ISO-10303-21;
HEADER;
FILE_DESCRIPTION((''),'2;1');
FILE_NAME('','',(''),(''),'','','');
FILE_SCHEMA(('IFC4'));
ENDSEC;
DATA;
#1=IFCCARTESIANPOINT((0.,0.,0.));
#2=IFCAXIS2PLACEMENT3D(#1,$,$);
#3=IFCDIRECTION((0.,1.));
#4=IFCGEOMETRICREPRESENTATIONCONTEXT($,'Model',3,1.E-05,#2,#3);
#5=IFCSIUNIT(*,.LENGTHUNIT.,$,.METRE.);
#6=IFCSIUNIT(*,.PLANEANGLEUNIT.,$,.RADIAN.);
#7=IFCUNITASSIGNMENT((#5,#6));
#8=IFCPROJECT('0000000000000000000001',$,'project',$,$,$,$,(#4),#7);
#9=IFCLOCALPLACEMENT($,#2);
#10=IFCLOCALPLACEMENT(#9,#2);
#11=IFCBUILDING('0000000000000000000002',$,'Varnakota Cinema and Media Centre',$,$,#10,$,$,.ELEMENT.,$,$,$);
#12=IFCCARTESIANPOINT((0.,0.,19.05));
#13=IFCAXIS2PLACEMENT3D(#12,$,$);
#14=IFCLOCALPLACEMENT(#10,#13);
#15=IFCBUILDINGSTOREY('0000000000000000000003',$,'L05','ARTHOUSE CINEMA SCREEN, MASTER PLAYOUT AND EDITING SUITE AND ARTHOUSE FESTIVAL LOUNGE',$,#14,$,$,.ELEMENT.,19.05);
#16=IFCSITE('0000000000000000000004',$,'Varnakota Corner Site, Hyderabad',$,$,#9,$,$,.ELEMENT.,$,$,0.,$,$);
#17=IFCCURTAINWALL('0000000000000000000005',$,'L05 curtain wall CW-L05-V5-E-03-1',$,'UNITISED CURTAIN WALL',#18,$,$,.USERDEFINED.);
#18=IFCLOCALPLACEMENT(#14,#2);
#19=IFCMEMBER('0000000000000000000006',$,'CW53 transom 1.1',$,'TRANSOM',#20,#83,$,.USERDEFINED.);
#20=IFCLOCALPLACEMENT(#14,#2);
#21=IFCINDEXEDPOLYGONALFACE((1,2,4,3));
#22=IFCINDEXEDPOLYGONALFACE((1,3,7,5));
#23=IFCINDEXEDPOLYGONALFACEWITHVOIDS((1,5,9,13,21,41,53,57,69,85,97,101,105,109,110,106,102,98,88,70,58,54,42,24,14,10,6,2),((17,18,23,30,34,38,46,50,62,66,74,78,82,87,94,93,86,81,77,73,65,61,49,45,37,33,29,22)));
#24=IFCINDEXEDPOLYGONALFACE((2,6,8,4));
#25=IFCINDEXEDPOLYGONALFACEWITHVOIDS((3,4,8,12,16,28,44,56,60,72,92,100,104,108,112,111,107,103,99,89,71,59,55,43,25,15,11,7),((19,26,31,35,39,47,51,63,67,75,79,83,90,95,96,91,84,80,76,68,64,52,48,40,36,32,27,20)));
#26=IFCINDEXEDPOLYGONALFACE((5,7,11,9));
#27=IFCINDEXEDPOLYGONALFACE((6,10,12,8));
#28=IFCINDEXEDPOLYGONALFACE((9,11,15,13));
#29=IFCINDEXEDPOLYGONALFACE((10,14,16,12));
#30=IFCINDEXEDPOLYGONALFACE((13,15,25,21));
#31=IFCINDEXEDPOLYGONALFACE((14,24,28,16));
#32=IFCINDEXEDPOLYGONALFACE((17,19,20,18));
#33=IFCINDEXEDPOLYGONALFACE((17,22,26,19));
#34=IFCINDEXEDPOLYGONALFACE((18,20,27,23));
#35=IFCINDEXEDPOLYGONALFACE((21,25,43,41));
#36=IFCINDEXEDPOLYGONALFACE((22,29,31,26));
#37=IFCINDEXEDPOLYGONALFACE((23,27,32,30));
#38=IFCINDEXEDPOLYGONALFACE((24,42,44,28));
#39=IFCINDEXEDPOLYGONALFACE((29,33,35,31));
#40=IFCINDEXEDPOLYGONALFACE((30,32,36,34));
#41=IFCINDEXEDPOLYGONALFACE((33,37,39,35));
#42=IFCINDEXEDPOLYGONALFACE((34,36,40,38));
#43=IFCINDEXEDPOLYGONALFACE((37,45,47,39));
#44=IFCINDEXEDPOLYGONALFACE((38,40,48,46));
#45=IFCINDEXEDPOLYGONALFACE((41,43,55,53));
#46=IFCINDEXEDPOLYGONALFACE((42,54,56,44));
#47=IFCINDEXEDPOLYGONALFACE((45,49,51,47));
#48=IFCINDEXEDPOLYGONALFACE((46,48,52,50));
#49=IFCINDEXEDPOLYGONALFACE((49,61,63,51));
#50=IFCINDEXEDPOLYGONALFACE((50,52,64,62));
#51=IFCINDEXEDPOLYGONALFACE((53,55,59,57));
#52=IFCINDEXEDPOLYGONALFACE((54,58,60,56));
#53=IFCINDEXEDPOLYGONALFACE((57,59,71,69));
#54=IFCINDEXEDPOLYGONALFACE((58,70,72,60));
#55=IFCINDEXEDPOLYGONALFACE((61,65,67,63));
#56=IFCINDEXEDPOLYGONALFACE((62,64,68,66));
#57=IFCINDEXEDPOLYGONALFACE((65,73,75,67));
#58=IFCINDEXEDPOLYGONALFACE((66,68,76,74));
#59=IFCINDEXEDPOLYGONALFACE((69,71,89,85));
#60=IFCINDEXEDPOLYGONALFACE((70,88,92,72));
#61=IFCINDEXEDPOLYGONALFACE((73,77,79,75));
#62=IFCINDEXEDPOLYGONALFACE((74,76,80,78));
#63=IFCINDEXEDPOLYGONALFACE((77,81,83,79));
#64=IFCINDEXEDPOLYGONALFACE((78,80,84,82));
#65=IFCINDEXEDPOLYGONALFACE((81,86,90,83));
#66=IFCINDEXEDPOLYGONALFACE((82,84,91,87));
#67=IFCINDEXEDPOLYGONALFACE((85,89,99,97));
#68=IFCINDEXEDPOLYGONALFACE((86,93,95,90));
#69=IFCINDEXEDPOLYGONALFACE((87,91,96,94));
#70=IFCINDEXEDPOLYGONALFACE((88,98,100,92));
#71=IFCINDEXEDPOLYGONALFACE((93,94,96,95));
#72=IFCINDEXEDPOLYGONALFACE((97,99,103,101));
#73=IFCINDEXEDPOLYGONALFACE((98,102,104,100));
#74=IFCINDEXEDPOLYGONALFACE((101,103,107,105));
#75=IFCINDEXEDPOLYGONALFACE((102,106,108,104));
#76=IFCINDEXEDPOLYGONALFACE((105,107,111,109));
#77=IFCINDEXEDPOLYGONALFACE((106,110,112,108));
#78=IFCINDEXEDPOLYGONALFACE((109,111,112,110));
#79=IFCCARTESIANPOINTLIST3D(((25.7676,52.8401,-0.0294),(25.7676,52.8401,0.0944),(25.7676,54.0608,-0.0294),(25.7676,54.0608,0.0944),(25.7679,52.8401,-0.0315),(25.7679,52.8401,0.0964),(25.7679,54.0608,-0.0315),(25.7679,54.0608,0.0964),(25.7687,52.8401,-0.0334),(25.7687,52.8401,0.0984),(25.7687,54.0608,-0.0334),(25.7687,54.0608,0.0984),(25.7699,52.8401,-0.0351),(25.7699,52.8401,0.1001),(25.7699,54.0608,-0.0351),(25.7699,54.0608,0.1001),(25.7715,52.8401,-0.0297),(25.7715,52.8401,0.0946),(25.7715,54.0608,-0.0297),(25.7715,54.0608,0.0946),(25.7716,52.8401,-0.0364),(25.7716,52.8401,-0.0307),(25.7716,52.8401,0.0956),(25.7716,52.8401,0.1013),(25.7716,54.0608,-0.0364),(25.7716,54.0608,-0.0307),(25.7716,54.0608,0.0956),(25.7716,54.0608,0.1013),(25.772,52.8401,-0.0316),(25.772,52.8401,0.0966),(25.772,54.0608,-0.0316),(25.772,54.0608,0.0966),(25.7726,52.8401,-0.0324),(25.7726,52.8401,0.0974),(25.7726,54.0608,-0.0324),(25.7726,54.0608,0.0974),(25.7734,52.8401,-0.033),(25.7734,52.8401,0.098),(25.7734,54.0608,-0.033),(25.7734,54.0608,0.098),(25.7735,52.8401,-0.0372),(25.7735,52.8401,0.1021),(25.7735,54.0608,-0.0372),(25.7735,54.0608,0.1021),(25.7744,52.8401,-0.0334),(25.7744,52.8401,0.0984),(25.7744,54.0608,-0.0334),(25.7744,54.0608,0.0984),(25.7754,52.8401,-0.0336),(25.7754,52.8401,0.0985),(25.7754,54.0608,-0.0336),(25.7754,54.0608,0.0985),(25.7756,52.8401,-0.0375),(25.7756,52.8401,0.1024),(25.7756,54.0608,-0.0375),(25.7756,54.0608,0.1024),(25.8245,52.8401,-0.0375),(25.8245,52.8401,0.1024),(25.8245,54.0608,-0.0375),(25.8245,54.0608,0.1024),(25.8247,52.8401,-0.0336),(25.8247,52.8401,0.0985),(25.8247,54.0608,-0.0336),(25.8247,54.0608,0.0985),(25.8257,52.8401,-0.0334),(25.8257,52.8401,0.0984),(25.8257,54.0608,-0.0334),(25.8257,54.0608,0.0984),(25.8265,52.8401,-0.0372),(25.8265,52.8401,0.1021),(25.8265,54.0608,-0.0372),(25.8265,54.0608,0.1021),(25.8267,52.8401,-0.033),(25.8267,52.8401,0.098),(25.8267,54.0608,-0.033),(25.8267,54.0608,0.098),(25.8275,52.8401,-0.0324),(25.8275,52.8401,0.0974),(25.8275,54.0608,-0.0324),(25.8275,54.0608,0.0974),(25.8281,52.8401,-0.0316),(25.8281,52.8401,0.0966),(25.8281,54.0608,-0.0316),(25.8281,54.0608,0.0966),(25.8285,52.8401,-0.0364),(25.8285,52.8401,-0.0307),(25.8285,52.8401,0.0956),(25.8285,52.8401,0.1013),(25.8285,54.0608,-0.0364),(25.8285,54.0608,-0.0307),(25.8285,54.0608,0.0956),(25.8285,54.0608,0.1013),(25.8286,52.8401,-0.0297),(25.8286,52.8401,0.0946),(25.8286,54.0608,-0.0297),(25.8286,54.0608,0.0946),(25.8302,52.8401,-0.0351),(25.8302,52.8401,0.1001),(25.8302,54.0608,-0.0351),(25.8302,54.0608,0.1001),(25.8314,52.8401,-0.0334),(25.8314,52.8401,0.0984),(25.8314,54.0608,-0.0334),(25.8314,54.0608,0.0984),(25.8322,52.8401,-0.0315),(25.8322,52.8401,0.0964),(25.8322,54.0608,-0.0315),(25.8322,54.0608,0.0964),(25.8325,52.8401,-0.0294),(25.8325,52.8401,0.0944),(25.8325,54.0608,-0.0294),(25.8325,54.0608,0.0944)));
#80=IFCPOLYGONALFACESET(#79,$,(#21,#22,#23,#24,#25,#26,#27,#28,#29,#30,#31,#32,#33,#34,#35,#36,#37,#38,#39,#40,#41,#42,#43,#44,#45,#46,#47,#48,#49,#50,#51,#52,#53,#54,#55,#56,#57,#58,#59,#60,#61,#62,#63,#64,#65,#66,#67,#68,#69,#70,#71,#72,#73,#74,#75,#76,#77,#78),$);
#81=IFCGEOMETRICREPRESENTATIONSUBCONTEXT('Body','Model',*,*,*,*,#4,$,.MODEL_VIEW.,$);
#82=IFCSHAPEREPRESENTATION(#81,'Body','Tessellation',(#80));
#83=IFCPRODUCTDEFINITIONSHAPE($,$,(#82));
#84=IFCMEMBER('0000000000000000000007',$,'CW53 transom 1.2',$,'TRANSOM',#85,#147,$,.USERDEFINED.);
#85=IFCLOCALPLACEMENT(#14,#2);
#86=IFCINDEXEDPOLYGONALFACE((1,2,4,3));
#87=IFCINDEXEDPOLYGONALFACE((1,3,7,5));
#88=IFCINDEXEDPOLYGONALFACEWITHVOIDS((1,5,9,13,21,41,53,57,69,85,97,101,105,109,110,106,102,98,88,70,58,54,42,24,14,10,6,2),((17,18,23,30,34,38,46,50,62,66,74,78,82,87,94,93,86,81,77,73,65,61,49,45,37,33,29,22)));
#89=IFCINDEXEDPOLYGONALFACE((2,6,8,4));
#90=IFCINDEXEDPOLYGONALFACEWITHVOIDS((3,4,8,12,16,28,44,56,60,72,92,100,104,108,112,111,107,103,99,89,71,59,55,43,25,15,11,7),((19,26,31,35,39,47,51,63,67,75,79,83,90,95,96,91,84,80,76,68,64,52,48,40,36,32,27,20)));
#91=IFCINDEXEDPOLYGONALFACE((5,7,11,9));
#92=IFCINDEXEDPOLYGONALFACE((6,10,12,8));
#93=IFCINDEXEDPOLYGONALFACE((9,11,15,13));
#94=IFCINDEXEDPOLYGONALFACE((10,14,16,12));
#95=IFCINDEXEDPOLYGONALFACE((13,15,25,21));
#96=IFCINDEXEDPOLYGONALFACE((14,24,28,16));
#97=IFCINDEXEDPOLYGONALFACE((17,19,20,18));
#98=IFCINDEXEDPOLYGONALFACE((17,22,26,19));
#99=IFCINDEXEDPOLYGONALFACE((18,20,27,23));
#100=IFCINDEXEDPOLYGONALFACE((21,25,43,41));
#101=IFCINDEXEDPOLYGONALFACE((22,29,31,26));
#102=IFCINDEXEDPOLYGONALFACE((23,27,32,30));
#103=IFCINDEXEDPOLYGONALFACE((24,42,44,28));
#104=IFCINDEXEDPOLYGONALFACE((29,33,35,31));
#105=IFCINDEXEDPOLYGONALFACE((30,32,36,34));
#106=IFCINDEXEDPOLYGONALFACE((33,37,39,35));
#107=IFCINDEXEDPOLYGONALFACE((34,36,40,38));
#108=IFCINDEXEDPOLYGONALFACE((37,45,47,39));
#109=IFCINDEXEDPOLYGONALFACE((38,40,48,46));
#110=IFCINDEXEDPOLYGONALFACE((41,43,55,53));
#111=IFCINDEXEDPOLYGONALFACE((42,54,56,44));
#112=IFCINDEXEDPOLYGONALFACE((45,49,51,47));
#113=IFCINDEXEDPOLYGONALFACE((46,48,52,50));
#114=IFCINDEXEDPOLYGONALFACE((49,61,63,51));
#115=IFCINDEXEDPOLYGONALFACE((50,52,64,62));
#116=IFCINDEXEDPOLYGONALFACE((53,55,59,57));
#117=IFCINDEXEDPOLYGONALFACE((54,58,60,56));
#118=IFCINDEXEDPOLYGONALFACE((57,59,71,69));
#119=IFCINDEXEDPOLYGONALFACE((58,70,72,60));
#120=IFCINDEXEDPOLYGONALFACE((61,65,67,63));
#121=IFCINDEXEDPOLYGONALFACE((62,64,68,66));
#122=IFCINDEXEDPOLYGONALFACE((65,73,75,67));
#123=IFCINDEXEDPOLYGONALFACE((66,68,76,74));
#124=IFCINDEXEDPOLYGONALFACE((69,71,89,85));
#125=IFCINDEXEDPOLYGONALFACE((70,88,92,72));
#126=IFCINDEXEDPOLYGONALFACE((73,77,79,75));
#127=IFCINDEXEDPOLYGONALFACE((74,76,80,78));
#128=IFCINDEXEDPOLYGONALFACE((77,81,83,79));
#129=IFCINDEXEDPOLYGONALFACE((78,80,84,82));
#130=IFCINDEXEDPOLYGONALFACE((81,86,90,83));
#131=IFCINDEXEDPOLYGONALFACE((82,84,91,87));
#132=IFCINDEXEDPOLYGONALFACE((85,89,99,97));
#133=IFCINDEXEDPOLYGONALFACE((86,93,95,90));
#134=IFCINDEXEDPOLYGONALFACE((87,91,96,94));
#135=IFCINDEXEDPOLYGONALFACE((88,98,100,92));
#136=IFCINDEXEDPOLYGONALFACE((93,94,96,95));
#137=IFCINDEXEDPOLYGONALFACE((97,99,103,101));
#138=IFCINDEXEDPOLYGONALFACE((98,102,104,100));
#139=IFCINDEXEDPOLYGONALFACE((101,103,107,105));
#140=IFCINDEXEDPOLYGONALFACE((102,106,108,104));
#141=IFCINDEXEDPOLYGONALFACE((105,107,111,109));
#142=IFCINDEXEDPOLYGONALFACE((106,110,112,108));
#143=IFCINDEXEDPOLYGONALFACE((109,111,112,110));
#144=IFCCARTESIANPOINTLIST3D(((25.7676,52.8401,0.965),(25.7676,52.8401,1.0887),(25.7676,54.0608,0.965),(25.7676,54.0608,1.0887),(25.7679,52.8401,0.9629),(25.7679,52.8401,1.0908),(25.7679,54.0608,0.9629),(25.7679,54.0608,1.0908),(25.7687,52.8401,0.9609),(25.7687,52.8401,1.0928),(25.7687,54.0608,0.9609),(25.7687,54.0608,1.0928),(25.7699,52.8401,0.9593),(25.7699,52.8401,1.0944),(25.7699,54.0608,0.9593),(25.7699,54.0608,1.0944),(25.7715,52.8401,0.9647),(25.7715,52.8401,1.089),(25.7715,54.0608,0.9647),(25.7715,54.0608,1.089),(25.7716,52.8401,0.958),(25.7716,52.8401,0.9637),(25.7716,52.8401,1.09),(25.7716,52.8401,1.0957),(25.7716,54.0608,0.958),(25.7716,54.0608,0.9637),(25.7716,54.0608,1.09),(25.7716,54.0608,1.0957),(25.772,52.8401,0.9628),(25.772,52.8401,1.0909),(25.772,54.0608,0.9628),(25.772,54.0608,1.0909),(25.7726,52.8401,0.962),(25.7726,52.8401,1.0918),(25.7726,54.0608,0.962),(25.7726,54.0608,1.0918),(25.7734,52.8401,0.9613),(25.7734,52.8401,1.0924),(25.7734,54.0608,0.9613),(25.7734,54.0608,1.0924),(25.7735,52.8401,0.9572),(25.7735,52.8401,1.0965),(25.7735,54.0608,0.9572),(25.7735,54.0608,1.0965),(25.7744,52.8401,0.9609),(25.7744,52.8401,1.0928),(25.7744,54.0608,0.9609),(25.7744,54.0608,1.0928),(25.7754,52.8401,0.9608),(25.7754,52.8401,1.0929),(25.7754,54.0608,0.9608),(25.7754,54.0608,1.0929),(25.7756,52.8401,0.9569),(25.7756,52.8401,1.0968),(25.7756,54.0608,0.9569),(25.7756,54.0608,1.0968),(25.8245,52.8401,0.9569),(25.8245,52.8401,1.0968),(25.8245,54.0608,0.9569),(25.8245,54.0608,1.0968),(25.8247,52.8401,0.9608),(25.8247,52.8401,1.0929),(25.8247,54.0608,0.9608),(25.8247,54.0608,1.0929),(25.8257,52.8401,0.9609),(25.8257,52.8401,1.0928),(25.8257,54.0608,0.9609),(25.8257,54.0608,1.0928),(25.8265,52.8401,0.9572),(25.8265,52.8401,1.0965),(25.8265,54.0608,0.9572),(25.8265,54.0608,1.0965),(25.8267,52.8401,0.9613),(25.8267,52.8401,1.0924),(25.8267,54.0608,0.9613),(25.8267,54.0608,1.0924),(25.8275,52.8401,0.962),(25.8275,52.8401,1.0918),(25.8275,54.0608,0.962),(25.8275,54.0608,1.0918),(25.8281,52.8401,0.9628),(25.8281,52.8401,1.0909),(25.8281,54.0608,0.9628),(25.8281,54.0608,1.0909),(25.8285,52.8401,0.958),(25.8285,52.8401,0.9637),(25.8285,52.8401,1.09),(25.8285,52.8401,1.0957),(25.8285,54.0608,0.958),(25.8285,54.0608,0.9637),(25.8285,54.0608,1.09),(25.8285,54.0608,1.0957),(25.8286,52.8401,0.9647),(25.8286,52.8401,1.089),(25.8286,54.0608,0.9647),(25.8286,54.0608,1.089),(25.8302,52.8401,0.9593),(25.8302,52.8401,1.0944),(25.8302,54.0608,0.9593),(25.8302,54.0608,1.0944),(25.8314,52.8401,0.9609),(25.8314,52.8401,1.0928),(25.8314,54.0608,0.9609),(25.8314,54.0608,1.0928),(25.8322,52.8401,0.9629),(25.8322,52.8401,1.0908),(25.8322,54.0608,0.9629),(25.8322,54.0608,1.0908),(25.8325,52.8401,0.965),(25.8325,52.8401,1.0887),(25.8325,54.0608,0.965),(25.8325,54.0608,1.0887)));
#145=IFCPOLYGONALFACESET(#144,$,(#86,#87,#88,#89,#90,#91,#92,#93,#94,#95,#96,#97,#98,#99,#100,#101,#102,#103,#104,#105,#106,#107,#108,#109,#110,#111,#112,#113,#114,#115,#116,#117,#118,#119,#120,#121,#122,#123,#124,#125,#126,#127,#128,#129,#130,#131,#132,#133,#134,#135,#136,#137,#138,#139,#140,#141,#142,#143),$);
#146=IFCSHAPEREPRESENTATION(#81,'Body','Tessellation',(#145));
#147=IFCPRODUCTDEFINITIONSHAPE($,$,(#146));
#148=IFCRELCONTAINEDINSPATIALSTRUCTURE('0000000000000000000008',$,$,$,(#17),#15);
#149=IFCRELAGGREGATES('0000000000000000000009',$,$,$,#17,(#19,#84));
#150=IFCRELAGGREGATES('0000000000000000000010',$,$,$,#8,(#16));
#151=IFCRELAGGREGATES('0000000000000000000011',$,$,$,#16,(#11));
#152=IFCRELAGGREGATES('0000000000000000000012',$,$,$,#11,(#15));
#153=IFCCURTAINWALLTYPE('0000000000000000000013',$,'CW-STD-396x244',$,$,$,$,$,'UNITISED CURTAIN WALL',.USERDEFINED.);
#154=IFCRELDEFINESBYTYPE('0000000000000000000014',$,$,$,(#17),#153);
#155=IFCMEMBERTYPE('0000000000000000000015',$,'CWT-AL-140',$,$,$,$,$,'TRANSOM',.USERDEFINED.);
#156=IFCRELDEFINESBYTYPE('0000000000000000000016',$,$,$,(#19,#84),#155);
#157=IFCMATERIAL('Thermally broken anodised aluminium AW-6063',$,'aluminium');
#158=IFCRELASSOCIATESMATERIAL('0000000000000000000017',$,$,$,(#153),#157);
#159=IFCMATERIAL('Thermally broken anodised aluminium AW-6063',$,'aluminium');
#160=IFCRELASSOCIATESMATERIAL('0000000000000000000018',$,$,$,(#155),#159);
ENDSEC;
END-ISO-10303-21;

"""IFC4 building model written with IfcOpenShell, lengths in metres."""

from ifc_helpers import new_model, si_unit, direction, frame, origin, origin_2d, place, context, subcontext, project, spatial, hollow_rectangle, extrude, material, material_profile, profile_set, type_object, element, aggregate, save


model = new_model("IFC4")

# Units and contexts
model_context = context("Model", 3, precision=1e-05, world=origin(), true_north=direction((0.0, 1.0)))
body_context = subcontext(model_context, "Body", "Model", "MODEL_VIEW")
ifc_project = project(units=[si_unit("LENGTHUNIT", "METRE"), si_unit("PLANEANGLEUNIT", "RADIAN")], contexts=[model_context])

# Site, building, storey
site_placement = place(None, origin())
site = spatial("IfcSite", under=ifc_project, at=site_placement, Name="Varnakota Corner Site, Hyderabad", CompositionType="ELEMENT", RefElevation=0.0)
building_placement = place(site_placement, origin())
building = spatial("IfcBuilding", under=site, at=building_placement, Name="Varnakota Cinema and Media Centre", CompositionType="ELEMENT")
storey_placement = place(building_placement, frame((0.0, 0.0, 19.05)))
storey = spatial("IfcBuildingStorey", under=building, at=storey_placement, Name="L05", Description="ARTHOUSE CINEMA SCREEN, MASTER PLAYOUT AND EDITING SUITE AND ARTHOUSE FESTIVAL LOUNGE", CompositionType="ELEMENT", Elevation=19.05)

# Curtain wall
ifc_material_1 = material(Name="Thermally broken anodised aluminium AW-6063", Category="aluminium")
curtain_wall_type_1 = type_object("IfcCurtainWallType", Name="CW-STD-396x244", ElementType="UNITISED CURTAIN WALL", PredefinedType="USERDEFINED", material=ifc_material_1)
curtain_wall_1_placement = place(storey_placement, origin())
curtain_wall_1 = element("IfcCurtainWall", 1, at=curtain_wall_1_placement, inside=storey, type_object=curtain_wall_type_1, Name="L05 curtain wall CW-L05-V5-E-03-1", ObjectType="UNITISED CURTAIN WALL", PredefinedType="USERDEFINED")

# Members
ifc_material_2 = material(Name="Thermally broken anodised aluminium AW-6063", Category="aluminium")
ifc_material_profile_1 = material_profile(ifc_material_2, hollow_rectangle(XDim=0.0649, YDim=0.1399, WallThickness=0.0039, InnerFilletRadius=0.0039, OuterFilletRadius=0.0081, at=origin_2d()), Name="AL-TRANSOM 140x65x4")
ifc_profile_set_1 = profile_set([ifc_material_profile_1], Name="Thermally broken anodised aluminium AW-6063")
member_type_1 = type_object("IfcMemberType", Name="CWT-AL-140", ElementType="TRANSOM", PredefinedType="USERDEFINED", material=ifc_profile_set_1)
member_1_placement = place(storey_placement, frame((25.8, 52.8401, 0.0325), z_axis=(0.0, 1.0, 0.0), x_axis=(-1.0, 0.0, 0.0)))
member_1 = element("IfcMember", 2, at=member_1_placement, type_object=member_type_1, Name="CW53 transom 1.1", ObjectType="TRANSOM", PredefinedType="USERDEFINED", context=body_context, shape_type="SweptSolid", body=[
    extrude(hollow_rectangle(XDim=0.0649, YDim=0.1399, WallThickness=0.0039, InnerFilletRadius=0.0039, OuterFilletRadius=0.0081, at=origin_2d()), origin(), (0.0, 0.0, 1.0), 1.2207),
])
member_2_placement = place(storey_placement, frame((25.8, 52.8401, 1.0269), z_axis=(0.0, 1.0, 0.0), x_axis=(-1.0, 0.0, 0.0)))
member_2 = element("IfcMember", 3, at=member_2_placement, type_object=member_type_1, Name="CW53 transom 1.2", ObjectType="TRANSOM", PredefinedType="USERDEFINED", context=body_context, shape_type="SweptSolid", body=[
    extrude(hollow_rectangle(XDim=0.0649, YDim=0.1399, WallThickness=0.0039, InnerFilletRadius=0.0039, OuterFilletRadius=0.0081, at=origin_2d()), origin(), (0.0, 0.0, 1.0), 1.2207),
])

aggregate(curtain_wall_1, [member_1, member_2])

save(model, "model.ifc")
